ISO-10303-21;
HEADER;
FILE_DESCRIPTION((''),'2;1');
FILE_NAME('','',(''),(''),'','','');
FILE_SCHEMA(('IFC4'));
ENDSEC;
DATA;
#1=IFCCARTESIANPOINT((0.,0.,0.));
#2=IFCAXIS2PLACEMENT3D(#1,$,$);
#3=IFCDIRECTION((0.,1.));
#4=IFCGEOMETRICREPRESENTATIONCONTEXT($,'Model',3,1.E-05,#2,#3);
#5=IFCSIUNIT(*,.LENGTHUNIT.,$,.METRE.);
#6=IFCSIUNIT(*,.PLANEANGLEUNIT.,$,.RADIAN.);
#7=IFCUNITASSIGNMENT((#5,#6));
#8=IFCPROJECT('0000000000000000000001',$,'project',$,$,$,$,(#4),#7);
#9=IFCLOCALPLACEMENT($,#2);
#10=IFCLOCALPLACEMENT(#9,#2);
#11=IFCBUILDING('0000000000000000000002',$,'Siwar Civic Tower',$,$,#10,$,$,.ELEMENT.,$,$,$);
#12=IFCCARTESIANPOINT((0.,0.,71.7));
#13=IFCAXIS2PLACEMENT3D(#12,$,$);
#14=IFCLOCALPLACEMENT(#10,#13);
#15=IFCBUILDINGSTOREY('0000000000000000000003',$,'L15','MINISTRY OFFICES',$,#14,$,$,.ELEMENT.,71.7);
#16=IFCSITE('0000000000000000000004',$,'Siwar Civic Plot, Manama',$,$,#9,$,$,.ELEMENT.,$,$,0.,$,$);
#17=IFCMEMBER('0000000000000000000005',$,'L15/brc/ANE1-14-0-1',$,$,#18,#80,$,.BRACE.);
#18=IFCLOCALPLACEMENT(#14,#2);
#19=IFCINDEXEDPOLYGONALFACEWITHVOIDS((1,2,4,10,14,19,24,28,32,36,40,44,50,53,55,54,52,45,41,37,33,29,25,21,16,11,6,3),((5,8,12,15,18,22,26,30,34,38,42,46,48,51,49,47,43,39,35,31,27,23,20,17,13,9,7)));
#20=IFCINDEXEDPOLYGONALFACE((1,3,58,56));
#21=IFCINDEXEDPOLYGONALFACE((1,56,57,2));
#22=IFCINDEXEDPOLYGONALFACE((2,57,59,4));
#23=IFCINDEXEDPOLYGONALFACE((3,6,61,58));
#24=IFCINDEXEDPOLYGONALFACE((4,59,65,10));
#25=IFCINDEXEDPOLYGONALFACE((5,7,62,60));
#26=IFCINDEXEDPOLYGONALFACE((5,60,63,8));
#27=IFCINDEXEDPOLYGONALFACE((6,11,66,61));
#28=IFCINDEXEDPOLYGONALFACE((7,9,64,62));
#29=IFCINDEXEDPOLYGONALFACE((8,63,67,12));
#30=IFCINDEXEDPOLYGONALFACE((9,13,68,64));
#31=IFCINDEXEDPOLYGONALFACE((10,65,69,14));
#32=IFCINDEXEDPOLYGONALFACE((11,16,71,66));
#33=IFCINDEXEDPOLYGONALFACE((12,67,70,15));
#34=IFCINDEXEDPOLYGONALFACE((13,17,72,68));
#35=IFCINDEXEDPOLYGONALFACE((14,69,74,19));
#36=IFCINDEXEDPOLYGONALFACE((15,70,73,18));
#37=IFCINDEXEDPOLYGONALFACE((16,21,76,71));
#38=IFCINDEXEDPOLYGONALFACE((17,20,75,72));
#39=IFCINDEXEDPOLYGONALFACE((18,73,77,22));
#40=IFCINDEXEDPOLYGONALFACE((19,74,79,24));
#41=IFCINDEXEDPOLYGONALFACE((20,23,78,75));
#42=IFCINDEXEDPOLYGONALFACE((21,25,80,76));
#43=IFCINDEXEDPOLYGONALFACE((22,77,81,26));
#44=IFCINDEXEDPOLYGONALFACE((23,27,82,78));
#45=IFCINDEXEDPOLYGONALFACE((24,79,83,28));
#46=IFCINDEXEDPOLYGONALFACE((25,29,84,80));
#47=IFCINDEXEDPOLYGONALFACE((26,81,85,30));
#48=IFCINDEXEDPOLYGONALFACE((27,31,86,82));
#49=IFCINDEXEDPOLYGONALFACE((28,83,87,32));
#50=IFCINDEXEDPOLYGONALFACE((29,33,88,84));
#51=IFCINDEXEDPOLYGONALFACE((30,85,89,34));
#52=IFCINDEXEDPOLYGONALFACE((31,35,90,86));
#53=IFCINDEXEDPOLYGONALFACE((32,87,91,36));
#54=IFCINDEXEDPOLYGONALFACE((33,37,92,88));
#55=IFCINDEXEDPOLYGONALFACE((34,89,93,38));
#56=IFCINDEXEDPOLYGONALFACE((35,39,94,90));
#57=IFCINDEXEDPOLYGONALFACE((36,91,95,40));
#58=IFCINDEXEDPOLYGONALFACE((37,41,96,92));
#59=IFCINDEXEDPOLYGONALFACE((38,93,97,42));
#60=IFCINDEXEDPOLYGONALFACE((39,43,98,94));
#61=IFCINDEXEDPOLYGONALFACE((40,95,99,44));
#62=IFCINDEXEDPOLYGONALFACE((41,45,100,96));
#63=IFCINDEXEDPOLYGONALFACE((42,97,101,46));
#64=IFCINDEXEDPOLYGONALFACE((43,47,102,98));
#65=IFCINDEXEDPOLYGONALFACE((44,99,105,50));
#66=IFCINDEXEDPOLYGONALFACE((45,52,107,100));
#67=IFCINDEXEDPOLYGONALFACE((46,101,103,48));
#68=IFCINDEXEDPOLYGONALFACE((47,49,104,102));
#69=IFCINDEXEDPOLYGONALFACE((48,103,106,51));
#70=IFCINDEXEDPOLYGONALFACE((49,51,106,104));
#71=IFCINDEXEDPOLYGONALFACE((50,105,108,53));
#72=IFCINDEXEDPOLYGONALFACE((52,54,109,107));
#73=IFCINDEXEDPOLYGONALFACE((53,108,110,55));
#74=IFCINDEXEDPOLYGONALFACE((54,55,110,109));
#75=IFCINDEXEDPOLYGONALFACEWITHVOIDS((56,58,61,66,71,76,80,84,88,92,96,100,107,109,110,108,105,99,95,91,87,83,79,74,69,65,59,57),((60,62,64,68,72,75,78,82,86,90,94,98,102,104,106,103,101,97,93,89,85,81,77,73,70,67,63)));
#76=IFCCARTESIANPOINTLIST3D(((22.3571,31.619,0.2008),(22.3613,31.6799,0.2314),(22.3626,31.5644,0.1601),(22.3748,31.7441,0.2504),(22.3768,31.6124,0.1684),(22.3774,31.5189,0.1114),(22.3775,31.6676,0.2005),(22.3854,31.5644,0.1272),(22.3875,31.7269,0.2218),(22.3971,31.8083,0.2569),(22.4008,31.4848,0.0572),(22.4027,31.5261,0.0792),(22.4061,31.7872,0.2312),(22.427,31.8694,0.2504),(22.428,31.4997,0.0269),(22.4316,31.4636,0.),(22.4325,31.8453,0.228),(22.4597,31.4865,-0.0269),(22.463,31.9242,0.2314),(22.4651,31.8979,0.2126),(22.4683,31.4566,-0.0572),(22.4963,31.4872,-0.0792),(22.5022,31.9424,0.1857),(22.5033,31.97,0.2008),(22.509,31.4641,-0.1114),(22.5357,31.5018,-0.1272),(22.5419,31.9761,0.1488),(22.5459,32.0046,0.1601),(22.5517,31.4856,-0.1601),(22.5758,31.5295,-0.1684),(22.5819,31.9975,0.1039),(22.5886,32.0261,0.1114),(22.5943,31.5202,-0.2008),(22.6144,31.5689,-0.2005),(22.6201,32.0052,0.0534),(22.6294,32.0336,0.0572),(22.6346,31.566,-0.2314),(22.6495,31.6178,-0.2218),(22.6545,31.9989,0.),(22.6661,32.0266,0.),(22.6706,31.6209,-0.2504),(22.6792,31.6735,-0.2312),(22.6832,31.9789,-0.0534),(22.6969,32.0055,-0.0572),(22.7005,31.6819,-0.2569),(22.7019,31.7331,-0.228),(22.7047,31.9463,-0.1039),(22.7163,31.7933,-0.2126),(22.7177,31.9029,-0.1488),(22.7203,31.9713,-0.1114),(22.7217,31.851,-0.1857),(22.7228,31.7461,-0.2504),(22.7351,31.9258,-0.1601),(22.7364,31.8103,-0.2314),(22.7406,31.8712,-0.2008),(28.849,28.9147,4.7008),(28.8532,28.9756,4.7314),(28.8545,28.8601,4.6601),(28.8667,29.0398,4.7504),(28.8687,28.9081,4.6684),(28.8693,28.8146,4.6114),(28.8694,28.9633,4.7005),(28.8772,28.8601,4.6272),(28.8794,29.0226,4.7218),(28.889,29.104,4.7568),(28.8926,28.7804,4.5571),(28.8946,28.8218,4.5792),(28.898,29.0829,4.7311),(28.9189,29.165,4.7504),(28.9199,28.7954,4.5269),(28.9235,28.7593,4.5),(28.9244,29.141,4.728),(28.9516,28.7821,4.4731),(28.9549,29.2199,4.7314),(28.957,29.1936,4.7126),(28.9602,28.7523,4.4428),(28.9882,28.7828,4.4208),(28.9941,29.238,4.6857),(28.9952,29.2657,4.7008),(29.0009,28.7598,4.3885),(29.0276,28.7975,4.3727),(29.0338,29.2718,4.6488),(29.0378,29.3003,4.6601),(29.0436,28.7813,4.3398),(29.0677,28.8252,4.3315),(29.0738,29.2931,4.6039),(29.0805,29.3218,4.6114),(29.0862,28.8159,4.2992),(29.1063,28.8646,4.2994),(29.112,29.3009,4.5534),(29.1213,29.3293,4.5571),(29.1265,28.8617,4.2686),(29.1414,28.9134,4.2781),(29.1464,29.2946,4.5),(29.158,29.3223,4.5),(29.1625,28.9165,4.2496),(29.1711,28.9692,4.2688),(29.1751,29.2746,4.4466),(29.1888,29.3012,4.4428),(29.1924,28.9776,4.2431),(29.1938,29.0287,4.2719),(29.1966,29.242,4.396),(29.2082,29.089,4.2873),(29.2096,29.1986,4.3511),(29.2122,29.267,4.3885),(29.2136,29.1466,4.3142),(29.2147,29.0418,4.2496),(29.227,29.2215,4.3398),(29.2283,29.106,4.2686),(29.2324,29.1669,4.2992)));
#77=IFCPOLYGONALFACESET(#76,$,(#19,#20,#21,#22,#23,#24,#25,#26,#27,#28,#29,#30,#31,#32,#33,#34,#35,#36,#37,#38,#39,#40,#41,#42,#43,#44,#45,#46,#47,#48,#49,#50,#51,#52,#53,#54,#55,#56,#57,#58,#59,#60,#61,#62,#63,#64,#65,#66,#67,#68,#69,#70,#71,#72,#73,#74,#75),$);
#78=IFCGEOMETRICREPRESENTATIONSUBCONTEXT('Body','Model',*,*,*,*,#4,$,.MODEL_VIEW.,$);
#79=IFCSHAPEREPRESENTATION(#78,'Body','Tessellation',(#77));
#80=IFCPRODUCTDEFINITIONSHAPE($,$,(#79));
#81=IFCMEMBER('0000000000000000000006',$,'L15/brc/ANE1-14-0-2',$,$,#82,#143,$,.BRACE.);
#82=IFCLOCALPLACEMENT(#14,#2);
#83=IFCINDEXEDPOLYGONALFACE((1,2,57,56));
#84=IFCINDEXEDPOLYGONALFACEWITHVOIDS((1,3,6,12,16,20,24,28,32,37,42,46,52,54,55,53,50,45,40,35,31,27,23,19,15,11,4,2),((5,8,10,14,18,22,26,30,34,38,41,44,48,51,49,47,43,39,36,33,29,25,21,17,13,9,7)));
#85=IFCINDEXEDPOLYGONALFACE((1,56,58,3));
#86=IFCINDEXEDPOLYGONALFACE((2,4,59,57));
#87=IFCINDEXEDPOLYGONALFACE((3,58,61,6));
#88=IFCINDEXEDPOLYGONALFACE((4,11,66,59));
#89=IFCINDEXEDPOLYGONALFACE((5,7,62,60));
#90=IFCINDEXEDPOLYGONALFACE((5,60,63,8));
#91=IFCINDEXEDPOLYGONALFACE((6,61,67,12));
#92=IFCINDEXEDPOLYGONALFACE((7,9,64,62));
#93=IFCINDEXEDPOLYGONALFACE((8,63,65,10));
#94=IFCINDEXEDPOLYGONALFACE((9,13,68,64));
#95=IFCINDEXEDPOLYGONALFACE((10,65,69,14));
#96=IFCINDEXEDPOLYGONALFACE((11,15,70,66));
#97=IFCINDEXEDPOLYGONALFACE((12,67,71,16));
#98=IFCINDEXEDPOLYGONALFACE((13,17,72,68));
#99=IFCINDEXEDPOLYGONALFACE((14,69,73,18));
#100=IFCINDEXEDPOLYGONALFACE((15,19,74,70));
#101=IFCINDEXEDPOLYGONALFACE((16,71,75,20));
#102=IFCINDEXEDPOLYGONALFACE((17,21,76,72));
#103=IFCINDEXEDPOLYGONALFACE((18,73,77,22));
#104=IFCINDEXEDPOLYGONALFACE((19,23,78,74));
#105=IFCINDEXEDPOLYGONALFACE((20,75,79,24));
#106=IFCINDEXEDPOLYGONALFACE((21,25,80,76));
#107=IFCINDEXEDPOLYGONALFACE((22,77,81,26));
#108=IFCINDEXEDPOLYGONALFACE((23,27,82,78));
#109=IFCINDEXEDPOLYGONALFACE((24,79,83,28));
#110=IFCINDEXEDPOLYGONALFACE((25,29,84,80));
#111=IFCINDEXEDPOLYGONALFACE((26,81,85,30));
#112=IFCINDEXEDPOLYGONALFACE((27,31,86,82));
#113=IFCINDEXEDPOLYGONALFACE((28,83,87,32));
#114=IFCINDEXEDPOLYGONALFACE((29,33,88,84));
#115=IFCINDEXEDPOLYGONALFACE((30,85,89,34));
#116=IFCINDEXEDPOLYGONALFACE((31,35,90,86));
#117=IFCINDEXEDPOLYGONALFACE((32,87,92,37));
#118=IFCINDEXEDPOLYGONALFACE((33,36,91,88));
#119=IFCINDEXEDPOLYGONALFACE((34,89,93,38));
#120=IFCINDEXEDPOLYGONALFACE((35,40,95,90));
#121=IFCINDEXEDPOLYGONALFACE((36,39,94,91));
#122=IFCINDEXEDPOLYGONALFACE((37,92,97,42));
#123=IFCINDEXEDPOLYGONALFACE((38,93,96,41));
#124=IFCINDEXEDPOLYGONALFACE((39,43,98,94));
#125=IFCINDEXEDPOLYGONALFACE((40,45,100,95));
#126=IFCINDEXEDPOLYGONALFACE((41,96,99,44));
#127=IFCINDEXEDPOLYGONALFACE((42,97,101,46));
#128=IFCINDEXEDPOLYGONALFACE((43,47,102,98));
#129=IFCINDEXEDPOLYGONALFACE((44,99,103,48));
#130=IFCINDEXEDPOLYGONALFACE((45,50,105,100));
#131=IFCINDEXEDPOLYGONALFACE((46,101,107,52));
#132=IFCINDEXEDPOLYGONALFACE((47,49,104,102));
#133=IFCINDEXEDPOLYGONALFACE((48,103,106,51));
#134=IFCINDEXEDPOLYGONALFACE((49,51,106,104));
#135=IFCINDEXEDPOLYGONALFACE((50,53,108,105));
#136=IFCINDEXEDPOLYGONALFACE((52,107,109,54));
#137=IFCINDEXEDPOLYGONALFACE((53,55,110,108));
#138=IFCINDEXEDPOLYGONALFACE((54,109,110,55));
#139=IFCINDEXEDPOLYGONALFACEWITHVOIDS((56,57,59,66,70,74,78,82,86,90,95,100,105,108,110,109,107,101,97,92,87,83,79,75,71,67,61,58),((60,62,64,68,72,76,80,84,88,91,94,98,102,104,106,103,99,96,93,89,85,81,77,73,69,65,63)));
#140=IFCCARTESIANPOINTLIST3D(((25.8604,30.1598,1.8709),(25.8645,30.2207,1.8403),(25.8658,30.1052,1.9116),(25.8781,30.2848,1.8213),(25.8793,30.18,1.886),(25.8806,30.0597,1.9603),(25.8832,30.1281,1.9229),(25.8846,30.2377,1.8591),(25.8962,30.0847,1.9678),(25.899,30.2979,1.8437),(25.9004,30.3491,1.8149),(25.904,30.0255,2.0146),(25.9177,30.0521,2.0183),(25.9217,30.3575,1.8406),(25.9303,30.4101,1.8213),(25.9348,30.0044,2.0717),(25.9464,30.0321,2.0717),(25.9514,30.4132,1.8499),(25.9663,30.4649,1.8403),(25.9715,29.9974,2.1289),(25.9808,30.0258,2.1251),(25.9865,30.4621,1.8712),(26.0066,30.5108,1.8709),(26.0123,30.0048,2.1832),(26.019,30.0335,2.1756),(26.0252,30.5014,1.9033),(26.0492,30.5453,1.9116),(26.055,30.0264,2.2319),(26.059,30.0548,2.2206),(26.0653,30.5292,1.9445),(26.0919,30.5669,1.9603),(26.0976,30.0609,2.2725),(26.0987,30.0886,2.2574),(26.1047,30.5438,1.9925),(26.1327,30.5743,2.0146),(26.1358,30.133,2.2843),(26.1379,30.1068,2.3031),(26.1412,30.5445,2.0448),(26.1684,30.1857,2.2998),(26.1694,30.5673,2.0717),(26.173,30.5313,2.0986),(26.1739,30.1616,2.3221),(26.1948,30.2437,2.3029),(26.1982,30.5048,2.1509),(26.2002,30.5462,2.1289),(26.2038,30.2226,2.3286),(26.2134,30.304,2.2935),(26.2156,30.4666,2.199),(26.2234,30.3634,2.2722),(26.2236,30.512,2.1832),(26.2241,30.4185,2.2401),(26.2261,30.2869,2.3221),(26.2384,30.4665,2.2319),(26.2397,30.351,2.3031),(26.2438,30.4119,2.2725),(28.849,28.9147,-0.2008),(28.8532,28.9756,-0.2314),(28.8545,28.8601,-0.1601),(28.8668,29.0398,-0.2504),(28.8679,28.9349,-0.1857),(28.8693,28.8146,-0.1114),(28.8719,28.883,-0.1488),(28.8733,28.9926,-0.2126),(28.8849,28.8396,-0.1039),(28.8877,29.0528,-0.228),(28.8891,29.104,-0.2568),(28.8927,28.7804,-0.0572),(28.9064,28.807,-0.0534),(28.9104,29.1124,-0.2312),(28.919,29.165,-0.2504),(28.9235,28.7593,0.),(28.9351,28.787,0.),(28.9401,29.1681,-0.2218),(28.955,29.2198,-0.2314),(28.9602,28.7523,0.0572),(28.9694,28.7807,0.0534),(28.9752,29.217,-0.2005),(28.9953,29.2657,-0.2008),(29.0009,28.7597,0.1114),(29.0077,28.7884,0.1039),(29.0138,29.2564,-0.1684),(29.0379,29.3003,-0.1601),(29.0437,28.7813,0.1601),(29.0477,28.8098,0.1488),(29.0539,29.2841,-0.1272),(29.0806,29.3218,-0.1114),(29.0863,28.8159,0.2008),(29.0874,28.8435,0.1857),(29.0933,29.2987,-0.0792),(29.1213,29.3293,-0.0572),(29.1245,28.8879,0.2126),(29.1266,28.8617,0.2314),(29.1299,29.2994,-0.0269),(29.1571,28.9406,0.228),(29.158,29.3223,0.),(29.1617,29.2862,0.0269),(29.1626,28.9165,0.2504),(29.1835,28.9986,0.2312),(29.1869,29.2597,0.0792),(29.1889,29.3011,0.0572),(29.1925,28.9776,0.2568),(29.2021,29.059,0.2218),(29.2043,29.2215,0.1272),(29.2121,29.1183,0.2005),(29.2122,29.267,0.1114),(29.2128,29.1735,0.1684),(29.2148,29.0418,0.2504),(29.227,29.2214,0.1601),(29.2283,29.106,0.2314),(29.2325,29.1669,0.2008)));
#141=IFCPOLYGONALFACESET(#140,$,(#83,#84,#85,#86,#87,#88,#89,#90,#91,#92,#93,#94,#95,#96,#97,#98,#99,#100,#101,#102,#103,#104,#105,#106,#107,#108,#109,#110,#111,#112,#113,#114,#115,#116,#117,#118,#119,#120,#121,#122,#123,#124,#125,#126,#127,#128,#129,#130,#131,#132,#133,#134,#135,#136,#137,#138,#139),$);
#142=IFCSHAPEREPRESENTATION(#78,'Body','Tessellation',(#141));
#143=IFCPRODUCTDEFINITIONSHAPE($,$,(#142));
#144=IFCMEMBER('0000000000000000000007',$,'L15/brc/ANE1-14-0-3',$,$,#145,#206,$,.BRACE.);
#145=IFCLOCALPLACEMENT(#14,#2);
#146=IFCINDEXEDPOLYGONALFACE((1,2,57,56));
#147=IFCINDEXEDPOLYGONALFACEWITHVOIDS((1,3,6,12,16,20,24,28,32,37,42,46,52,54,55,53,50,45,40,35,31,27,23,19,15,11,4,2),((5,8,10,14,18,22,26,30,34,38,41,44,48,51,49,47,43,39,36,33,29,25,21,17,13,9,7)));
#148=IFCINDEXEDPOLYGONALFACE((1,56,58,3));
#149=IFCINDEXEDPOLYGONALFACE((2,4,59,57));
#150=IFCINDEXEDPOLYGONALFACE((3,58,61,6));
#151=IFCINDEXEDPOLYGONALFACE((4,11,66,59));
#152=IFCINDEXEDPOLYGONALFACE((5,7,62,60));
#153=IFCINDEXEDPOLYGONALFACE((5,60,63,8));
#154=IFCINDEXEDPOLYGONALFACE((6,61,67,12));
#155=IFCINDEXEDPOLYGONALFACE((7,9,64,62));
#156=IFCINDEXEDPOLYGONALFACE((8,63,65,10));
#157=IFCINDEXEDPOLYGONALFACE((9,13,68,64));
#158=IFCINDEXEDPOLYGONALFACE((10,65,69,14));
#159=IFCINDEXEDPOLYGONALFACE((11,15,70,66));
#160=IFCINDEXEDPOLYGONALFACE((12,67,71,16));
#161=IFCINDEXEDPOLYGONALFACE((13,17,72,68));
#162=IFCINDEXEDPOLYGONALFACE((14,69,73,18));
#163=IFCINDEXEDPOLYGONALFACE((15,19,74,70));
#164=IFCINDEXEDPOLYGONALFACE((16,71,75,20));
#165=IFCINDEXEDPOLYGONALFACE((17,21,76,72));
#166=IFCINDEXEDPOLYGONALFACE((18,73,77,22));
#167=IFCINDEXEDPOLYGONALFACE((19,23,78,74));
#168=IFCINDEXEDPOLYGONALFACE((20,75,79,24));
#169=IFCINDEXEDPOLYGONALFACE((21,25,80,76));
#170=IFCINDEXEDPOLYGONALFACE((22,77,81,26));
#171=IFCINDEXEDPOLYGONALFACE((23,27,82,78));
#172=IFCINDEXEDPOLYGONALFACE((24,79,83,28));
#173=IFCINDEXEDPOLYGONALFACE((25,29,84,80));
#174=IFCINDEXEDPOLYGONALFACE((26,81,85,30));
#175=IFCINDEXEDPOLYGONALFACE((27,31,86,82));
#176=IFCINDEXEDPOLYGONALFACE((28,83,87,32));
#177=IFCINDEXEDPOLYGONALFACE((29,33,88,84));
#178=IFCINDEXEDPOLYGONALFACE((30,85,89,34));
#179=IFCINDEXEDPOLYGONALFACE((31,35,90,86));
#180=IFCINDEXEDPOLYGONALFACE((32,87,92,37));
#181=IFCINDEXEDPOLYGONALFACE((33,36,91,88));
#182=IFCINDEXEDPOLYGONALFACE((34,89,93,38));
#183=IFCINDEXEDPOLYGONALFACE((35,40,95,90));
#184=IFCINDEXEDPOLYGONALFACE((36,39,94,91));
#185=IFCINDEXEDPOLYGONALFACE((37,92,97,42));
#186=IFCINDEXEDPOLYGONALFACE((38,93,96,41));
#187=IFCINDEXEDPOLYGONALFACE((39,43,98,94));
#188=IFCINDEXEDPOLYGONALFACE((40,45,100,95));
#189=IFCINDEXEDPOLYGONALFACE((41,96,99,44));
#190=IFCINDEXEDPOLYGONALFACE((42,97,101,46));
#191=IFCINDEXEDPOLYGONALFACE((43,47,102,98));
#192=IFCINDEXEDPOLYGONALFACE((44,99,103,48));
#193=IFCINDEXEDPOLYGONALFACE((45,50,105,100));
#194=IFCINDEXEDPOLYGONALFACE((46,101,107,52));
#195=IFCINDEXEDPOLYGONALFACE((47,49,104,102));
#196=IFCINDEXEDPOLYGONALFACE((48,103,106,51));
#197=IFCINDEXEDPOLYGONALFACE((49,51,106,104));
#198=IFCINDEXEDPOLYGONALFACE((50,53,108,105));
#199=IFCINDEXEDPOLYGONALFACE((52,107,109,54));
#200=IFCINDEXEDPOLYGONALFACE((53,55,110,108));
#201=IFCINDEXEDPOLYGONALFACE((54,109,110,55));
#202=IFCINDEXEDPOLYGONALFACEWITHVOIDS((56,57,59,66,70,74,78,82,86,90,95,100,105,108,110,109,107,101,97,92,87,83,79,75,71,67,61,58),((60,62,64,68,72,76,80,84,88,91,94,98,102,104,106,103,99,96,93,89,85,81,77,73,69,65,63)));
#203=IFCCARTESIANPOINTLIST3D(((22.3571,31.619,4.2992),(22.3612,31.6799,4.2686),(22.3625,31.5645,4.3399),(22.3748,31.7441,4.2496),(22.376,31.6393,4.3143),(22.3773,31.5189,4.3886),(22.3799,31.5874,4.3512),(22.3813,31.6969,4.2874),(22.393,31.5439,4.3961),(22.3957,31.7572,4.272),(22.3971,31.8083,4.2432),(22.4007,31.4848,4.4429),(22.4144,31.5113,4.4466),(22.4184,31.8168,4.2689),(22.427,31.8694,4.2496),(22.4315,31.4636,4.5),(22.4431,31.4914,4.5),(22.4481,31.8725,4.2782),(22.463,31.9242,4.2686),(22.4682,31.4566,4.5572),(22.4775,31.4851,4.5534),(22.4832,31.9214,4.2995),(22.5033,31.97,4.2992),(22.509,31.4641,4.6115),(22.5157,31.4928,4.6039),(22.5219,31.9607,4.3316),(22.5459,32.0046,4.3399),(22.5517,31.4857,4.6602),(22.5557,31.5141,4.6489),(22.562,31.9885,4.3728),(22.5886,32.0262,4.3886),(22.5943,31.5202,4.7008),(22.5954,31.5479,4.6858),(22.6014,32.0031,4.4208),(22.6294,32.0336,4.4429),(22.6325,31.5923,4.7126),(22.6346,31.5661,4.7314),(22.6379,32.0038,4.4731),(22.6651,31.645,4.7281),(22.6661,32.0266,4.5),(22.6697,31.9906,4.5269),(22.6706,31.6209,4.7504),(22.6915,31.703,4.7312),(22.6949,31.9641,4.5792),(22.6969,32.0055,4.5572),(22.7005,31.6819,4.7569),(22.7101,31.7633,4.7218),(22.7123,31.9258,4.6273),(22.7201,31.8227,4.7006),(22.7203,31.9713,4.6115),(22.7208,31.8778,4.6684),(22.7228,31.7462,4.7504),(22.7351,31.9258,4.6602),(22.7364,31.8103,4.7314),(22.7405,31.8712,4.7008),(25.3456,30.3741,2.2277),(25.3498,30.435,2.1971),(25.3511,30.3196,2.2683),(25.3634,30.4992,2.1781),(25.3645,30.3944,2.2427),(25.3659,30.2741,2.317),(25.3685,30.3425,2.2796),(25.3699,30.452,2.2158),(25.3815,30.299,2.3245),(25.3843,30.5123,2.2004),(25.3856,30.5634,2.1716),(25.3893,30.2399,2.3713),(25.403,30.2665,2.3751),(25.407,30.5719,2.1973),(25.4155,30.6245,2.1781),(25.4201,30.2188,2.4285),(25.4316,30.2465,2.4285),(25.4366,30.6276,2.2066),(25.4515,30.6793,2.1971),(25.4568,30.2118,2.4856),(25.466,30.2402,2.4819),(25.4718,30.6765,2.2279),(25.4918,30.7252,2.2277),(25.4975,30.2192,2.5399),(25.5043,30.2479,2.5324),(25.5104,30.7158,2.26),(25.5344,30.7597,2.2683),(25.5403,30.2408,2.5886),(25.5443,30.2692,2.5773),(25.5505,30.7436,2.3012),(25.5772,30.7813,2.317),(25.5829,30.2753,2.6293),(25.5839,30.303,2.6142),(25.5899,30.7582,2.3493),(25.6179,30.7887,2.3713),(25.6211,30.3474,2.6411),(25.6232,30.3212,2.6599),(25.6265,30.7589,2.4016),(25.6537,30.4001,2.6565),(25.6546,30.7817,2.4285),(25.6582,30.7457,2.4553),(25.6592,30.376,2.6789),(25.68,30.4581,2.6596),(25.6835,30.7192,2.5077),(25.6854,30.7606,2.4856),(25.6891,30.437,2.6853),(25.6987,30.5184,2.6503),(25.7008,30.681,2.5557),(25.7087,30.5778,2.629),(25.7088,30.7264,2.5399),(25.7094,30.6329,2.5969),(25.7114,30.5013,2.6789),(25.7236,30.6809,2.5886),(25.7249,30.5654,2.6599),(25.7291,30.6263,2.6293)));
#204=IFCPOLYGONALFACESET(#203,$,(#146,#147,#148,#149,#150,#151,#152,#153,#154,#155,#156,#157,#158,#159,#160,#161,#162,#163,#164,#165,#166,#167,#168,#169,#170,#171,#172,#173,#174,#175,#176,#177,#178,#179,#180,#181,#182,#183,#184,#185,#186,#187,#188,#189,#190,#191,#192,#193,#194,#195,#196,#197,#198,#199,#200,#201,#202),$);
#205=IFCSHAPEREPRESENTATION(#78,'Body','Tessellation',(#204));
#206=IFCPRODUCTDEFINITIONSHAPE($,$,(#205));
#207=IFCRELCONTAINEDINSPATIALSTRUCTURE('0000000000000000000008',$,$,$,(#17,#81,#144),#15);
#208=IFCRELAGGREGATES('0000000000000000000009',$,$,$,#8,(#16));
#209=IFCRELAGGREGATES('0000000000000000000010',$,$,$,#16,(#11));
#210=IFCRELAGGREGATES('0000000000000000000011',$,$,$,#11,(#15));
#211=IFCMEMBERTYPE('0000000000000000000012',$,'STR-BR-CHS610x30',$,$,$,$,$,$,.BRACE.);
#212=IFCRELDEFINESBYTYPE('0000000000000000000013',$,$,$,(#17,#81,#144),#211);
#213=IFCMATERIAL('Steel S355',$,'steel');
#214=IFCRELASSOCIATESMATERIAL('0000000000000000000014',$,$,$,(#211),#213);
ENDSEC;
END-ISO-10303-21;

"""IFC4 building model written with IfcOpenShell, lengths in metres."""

from ifc_helpers import new_model, si_unit, direction, frame, origin, origin_2d, place, context, subcontext, project, spatial, hollow_circle, extrude, material, material_profile, profile_set, type_object, element, save


model = new_model("IFC4")

# Units and contexts
model_context = context("Model", 3, precision=1e-05, world=origin(), true_north=direction((0.0, 1.0)))
body_context = subcontext(model_context, "Body", "Model", "MODEL_VIEW")
ifc_project = project(units=[si_unit("LENGTHUNIT", "METRE"), si_unit("PLANEANGLEUNIT", "RADIAN")], contexts=[model_context])

# Site, building, storey
site_placement = place(None, origin())
site = spatial("IfcSite", under=ifc_project, at=site_placement, Name="Siwar Civic Plot, Manama", CompositionType="ELEMENT", RefElevation=0.0)
building_placement = place(site_placement, origin())
building = spatial("IfcBuilding", under=site, at=building_placement, Name="Siwar Civic Tower", CompositionType="ELEMENT")
storey_placement = place(building_placement, frame((0.0, 0.0, 71.7)))
storey = spatial("IfcBuildingStorey", under=building, at=storey_placement, Name="L15", Description="MINISTRY OFFICES", CompositionType="ELEMENT", Elevation=71.7)

# Members
ifc_material_1 = material(Name="Steel S355", Category="steel")
ifc_material_profile_1 = material_profile(ifc_material_1, hollow_circle(Radius=0.3049, WallThickness=0.03, at=origin_2d()), Name="CHS610x30")
ifc_profile_set_1 = profile_set([ifc_material_profile_1], Name="Steel S355")
member_type_1 = type_object("IfcMemberType", Name="STR-BR-CHS610x30", PredefinedType="BRACE", material=ifc_profile_set_1)
member_1_placement = place(storey_placement, frame((22.5488, 31.7451, 0.0), z_axis=(0.777555, -0.323906, 0.538975), x_axis=(0.384539, 0.923109, 0.0)))
element("IfcMember", 1, at=member_1_placement, inside=storey, type_object=member_type_1, Name="L15/brc/ANE1-14-0-1", PredefinedType="BRACE", context=body_context, shape_type="SweptSolid", body=[
    extrude(hollow_circle(Radius=0.3049, WallThickness=0.03, at=origin_2d()), origin(), (0.0, 0.0, 1.0), 8.3491),
])
member_2_placement = place(storey_placement, frame((29.0408, 29.0408, 0.0), z_axis=(-0.777542, 0.323923, 0.538982), x_axis=(-0.384562, -0.923099, 0.0)))
element("IfcMember", 2, at=member_2_placement, inside=storey, type_object=member_type_1, Name="L15/brc/ANE1-14-0-2", PredefinedType="BRACE", context=body_context, shape_type="SweptSolid", body=[
    extrude(hollow_circle(Radius=0.3049, WallThickness=0.03, at=origin_2d()), origin(), (0.0, 0.0, 1.0), 3.8438),
])
member_3_placement = place(storey_placement, frame((25.5374, 30.5002, 2.4285), z_axis=(-0.77756, 0.323893, 0.538975), x_axis=(-0.384524, -0.923115, 0.0)))
element("IfcMember", 3, at=member_3_placement, inside=storey, type_object=member_type_1, Name="L15/brc/ANE1-14-0-3", PredefinedType="BRACE", context=body_context, shape_type="SweptSolid", body=[
    extrude(hollow_circle(Radius=0.3049, WallThickness=0.03, at=origin_2d()), origin(), (0.0, 0.0, 1.0), 3.8435),
])

save(model, "model.ifc")
